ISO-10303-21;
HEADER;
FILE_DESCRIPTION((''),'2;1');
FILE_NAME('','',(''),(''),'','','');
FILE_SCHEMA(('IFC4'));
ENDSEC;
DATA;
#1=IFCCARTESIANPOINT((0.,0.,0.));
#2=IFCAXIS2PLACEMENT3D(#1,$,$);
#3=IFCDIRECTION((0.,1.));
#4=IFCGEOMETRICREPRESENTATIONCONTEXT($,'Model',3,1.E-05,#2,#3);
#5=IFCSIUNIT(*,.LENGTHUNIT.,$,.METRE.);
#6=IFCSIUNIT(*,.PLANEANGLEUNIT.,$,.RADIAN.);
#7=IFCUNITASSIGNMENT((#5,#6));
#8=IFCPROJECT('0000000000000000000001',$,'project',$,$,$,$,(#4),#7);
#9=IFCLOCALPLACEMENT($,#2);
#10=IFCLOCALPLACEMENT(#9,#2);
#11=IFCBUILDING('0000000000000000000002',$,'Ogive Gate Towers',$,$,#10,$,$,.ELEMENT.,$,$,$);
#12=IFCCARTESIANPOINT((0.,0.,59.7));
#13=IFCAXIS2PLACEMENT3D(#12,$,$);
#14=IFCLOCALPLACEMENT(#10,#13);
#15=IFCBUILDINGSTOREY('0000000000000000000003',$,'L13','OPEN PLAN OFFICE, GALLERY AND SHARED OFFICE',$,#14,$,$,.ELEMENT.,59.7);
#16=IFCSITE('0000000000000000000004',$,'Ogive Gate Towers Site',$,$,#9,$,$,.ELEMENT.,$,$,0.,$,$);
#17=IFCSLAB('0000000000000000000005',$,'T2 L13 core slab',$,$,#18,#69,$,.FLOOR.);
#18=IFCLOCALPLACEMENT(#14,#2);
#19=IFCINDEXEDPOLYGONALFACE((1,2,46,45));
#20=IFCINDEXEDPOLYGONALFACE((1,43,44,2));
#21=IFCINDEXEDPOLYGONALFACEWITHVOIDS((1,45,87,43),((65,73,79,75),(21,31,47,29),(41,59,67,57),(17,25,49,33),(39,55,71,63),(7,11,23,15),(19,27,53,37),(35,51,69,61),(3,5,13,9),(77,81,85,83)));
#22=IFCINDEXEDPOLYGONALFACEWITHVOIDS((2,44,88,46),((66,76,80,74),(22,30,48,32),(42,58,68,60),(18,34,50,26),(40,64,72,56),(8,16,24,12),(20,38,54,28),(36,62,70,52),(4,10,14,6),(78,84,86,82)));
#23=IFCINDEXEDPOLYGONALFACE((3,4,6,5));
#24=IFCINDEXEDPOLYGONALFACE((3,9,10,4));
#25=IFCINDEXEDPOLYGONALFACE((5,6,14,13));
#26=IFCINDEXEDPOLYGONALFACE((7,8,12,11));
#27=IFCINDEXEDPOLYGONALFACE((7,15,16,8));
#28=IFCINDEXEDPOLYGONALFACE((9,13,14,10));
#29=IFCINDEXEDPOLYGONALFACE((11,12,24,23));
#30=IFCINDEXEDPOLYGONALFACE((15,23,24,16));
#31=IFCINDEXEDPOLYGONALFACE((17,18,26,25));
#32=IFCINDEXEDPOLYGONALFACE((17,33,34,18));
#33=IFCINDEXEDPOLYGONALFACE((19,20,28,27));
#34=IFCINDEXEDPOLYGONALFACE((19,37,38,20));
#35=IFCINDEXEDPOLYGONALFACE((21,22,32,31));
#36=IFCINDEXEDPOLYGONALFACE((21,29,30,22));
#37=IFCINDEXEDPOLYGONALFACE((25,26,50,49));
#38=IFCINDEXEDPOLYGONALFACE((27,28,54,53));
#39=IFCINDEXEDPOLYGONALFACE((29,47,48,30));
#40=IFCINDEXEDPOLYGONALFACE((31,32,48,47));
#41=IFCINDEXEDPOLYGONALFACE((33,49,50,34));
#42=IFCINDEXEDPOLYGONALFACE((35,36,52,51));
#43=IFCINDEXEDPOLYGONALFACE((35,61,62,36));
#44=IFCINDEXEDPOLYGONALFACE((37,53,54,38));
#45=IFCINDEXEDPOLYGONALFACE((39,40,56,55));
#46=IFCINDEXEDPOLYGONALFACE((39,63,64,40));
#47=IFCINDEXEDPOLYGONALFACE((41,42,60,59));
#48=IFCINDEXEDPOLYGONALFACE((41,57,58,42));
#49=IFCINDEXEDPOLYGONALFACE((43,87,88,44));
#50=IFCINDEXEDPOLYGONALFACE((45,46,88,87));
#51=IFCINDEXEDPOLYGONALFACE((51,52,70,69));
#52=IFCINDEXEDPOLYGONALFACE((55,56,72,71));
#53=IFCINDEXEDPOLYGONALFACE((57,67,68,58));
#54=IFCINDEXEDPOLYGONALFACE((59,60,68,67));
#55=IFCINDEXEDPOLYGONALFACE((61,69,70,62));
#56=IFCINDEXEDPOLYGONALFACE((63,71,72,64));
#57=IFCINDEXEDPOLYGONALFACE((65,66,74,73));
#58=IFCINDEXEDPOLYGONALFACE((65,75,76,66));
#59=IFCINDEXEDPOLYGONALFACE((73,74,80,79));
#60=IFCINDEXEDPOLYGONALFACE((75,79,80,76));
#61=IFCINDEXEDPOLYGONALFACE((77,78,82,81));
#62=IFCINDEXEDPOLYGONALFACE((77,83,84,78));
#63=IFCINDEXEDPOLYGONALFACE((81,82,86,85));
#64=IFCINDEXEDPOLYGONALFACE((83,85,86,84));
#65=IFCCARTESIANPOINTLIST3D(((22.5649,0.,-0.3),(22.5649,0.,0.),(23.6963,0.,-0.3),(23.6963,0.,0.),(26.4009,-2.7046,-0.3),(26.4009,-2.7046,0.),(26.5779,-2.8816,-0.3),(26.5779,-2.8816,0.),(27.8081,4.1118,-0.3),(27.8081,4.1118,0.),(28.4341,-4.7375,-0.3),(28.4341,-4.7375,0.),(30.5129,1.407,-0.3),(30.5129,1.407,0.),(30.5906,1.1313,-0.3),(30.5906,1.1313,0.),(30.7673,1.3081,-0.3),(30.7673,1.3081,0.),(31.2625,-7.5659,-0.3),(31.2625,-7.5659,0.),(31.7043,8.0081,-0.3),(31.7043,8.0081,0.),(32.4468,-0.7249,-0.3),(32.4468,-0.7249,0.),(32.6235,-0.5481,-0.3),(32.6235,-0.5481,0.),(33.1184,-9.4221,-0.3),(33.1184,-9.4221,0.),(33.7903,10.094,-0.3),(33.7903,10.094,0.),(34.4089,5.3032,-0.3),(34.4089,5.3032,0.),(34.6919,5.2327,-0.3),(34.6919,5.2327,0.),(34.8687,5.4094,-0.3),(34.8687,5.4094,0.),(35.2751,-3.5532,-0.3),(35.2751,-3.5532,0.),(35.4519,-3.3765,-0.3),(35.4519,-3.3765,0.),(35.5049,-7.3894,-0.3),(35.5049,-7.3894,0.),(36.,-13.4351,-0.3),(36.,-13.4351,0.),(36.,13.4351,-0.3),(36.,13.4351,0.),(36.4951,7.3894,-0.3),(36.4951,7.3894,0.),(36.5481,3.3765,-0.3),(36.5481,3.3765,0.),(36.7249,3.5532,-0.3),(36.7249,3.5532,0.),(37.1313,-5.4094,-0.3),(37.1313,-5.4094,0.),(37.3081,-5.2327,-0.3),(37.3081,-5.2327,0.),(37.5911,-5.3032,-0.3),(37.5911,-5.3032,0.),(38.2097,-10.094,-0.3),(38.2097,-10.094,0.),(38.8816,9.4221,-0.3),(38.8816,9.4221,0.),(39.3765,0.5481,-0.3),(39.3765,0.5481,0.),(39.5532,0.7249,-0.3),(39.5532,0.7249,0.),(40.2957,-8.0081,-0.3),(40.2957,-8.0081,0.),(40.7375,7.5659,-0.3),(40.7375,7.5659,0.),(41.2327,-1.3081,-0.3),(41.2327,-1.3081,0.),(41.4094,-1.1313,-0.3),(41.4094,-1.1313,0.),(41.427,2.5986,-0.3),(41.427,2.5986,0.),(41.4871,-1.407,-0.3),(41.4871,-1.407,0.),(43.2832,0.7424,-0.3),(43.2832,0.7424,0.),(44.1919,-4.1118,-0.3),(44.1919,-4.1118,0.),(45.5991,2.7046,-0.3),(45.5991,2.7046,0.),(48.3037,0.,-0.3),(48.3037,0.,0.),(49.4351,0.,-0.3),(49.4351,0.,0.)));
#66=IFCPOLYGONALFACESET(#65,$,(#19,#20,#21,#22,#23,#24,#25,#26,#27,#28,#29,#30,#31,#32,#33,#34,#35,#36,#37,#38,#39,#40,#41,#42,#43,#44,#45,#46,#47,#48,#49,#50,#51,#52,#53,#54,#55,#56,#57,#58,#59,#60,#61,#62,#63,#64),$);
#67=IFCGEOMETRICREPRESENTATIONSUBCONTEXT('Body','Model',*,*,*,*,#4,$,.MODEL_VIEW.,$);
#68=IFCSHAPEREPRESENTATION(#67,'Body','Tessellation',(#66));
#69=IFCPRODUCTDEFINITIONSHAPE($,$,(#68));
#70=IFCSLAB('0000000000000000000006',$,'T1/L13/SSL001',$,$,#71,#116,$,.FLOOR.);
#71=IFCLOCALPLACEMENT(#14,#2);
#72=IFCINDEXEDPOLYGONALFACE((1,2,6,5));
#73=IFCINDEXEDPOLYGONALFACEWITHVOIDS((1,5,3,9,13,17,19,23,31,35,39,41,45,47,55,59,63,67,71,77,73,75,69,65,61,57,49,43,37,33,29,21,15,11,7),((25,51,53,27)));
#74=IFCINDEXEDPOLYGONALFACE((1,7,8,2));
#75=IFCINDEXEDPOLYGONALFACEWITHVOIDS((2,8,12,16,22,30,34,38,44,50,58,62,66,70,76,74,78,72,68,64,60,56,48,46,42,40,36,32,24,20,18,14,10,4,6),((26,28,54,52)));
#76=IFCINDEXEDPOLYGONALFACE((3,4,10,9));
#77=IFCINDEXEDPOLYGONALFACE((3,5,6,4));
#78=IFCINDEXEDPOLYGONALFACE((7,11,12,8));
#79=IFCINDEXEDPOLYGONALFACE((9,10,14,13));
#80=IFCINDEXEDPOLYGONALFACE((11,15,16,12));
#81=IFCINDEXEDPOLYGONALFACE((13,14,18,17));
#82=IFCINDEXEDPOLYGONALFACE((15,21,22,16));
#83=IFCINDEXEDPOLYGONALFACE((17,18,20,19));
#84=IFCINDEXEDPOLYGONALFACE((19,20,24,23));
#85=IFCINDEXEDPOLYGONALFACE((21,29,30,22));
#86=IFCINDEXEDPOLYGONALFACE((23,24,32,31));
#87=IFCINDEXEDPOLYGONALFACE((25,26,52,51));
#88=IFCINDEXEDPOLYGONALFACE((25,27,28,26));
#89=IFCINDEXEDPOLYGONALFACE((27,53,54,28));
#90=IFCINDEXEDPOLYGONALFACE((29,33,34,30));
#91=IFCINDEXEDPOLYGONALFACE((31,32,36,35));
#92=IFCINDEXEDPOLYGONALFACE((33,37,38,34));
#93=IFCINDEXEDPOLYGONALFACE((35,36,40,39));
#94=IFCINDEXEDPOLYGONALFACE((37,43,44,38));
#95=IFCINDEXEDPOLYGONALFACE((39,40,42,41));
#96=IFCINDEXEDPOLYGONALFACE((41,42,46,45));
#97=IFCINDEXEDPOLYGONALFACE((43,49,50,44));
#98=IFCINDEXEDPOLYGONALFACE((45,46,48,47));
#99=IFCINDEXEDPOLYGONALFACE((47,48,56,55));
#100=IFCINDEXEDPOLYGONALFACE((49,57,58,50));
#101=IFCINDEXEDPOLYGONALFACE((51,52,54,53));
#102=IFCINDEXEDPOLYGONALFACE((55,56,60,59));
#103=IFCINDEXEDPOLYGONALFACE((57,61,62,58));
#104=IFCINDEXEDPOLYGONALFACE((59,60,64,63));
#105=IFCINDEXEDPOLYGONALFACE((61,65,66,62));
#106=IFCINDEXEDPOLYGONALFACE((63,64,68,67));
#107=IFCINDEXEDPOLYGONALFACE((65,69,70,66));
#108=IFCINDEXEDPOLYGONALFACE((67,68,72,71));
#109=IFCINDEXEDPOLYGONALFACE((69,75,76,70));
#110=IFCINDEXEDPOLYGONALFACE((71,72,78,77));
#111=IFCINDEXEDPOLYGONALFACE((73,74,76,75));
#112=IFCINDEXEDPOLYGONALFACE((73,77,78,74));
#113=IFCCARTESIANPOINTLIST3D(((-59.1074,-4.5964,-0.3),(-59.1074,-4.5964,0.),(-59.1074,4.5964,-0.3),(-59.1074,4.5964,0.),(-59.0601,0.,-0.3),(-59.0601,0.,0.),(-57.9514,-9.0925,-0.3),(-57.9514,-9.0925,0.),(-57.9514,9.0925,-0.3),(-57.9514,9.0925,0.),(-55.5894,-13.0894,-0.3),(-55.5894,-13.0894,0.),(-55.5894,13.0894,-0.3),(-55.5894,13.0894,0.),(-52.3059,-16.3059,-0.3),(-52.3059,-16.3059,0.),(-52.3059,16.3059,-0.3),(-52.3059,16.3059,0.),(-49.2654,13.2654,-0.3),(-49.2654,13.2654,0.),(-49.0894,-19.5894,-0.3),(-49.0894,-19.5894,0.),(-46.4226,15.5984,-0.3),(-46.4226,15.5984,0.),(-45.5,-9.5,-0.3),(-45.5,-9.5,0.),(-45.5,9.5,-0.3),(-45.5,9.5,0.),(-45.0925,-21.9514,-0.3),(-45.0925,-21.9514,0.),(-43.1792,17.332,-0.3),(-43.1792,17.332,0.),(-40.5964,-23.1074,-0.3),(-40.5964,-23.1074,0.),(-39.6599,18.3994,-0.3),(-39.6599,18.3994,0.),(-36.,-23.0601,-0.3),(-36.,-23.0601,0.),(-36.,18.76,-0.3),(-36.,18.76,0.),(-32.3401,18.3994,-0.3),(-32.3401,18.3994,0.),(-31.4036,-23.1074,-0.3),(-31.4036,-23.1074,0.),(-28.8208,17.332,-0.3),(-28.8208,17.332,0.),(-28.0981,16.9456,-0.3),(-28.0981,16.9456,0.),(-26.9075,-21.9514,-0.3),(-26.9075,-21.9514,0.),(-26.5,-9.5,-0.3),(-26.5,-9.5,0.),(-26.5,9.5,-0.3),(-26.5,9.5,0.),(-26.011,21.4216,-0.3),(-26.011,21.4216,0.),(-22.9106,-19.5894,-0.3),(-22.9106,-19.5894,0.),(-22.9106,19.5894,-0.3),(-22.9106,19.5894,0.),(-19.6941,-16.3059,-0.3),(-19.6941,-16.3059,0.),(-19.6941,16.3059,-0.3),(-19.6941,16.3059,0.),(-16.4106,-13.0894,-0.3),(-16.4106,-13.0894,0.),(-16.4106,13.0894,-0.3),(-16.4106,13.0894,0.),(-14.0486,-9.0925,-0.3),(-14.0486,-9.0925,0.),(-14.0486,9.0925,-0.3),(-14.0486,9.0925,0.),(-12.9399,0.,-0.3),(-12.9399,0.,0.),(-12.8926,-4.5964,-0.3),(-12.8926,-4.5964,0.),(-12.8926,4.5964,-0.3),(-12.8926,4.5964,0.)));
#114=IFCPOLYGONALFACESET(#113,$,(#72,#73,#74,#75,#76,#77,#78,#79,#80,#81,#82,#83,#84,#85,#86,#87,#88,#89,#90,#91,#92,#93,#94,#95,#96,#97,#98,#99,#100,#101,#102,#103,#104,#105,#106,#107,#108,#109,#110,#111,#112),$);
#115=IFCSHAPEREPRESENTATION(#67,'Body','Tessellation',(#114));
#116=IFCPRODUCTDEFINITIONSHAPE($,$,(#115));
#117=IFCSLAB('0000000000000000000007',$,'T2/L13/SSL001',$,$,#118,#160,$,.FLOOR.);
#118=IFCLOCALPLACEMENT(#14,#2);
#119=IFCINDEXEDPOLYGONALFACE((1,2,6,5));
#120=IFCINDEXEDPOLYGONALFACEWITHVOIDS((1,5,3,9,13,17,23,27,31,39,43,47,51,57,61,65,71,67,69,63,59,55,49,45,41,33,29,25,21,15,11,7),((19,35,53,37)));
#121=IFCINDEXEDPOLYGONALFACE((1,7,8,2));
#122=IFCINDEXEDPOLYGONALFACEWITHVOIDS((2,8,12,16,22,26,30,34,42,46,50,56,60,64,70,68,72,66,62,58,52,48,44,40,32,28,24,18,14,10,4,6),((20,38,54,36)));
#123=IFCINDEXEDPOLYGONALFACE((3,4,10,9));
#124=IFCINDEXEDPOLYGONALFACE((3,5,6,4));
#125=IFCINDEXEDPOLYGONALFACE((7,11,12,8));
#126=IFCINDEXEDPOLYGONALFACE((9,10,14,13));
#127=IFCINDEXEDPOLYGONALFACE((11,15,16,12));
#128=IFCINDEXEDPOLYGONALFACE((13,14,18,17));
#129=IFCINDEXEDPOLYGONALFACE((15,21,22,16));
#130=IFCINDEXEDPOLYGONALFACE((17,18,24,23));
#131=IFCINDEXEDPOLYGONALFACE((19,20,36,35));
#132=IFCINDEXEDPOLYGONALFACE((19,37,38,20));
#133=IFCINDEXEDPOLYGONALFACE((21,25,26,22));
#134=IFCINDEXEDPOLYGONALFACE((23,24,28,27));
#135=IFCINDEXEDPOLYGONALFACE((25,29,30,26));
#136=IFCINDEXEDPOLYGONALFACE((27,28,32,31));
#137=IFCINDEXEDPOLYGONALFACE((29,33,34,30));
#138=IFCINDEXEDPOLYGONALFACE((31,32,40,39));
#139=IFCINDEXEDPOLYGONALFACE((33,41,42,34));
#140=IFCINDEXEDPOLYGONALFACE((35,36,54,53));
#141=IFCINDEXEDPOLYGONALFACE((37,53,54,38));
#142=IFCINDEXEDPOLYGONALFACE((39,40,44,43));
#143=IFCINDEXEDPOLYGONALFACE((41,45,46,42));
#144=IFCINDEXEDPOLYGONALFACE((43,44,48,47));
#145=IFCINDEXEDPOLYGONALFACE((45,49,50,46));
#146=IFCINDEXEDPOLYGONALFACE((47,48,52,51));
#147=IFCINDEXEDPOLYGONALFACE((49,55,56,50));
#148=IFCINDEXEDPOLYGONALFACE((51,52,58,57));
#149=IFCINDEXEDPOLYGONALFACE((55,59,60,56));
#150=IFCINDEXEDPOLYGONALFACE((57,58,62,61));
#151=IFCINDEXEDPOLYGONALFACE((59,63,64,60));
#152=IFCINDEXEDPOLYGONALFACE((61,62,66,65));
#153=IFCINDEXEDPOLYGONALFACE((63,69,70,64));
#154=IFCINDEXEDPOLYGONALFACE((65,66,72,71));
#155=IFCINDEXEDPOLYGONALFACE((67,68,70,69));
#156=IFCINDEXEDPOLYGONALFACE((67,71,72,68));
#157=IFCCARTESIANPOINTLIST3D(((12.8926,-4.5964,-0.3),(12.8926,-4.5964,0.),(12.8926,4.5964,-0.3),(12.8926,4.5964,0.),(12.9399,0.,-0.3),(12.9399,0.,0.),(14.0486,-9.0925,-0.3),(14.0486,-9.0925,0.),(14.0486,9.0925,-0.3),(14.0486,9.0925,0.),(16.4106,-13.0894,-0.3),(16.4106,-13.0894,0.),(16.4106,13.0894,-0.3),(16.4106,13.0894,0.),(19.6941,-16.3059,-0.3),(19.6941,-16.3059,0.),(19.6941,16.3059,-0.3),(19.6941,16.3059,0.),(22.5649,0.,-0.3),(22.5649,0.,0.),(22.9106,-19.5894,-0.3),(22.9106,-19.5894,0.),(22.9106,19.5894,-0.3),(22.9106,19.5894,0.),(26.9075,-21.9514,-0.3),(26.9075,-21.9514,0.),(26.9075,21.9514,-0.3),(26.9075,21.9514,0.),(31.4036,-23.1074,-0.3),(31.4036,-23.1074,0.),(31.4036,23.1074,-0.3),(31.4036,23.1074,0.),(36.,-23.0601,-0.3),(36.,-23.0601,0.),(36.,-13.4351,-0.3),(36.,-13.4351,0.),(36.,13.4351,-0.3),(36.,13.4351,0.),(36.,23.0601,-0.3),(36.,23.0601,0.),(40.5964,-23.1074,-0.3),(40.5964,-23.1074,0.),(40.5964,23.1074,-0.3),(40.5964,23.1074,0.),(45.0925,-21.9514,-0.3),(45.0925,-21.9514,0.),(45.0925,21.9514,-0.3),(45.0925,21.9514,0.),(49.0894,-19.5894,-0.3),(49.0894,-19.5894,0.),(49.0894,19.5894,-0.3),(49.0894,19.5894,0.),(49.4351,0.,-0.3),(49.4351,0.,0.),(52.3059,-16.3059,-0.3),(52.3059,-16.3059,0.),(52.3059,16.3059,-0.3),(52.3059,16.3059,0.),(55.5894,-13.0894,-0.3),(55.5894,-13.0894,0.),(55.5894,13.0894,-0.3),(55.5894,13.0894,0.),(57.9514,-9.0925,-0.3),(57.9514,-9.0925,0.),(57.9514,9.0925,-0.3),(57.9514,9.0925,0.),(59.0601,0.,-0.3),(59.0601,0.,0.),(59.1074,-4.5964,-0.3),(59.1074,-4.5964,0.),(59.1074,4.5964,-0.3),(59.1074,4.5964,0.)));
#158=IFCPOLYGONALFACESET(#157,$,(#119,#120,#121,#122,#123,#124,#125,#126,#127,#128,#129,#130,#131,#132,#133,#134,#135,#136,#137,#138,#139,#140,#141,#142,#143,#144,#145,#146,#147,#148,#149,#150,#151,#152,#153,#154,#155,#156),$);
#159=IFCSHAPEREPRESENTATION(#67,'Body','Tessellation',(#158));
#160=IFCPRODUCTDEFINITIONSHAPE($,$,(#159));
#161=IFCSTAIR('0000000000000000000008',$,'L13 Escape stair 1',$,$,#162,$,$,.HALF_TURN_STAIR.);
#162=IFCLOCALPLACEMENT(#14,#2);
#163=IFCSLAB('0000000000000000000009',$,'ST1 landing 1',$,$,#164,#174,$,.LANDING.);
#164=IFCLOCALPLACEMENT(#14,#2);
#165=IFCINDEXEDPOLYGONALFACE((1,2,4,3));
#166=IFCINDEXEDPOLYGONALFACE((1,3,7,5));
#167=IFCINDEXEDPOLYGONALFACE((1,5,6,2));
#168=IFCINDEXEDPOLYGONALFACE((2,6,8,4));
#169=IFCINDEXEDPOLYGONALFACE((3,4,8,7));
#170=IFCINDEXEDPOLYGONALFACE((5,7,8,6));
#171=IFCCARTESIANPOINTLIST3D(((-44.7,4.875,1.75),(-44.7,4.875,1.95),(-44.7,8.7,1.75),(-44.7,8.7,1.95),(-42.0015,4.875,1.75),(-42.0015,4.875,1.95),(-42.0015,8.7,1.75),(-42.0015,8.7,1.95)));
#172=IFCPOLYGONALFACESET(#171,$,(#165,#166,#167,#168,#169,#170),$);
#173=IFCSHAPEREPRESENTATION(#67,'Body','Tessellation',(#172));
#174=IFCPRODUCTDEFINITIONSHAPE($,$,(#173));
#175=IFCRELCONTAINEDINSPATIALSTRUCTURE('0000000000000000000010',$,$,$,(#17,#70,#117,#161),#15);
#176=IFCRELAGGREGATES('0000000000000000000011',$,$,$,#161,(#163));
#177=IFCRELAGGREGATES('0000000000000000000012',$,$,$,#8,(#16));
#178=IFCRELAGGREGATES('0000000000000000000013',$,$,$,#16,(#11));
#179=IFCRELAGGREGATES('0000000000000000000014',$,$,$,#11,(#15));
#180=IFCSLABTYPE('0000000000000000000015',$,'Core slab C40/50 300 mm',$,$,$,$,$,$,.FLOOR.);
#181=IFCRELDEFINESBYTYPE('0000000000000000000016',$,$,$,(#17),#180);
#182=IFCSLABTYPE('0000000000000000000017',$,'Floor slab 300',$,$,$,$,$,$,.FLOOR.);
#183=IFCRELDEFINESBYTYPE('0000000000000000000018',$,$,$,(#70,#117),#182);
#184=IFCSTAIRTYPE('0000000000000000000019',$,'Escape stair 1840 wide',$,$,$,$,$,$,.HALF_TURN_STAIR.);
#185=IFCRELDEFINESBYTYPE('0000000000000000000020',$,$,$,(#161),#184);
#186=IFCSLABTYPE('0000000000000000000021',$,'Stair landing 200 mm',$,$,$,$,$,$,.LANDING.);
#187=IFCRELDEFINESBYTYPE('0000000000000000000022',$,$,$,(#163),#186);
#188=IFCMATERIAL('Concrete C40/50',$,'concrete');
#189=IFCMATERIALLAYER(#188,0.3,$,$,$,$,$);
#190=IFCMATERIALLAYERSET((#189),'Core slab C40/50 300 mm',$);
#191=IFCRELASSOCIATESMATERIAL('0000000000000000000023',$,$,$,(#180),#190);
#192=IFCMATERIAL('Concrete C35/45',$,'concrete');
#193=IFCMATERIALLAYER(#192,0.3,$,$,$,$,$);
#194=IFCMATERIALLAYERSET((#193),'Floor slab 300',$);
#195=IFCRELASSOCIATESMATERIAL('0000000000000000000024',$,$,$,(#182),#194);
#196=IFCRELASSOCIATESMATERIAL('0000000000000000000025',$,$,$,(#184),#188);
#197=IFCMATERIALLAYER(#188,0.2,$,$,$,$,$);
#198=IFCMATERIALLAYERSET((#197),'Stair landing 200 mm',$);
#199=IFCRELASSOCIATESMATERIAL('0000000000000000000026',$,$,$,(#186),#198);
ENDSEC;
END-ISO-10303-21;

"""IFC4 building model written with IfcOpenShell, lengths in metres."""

from ifc_helpers import new_model, si_unit, direction, frame, origin, place, context, subcontext, project, spatial, polyline, outline, extrude, material, layer, layer_set, type_object, element, aggregate, save


model = new_model("IFC4")

# Units and contexts
model_context = context("Model", 3, precision=1e-05, world=origin(), true_north=direction((0.0, 1.0)))
body_context = subcontext(model_context, "Body", "Model", "MODEL_VIEW")
ifc_project = project(units=[si_unit("LENGTHUNIT", "METRE"), si_unit("PLANEANGLEUNIT", "RADIAN")], contexts=[model_context])

# Site, building, storey
site_placement = place(None, origin())
site = spatial("IfcSite", under=ifc_project, at=site_placement, Name="Ogive Gate Towers Site", CompositionType="ELEMENT", RefElevation=0.0)
building_placement = place(site_placement, origin())
building = spatial("IfcBuilding", under=site, at=building_placement, Name="Ogive Gate Towers", CompositionType="ELEMENT")
storey_placement = place(building_placement, frame((0.0, 0.0, 59.7)))
storey = spatial("IfcBuildingStorey", under=building, at=storey_placement, Name="L13", Description="OPEN PLAN OFFICE, GALLERY AND SHARED OFFICE", CompositionType="ELEMENT", Elevation=59.7)

# Slabs
ifc_material_1 = material(Name="Concrete C40/50", Category="concrete")
ifc_layer_1 = layer(ifc_material_1, 0.3)
ifc_layer_set_1 = layer_set([ifc_layer_1], Name="Core slab C40/50 300 mm")
slab_type_1 = type_object("IfcSlabType", Name="Core slab C40/50 300 mm", PredefinedType="FLOOR", material=ifc_layer_set_1)
slab_1_placement = place(storey_placement, frame((0.0, 0.0, -0.3)))
element("IfcSlab", 1, at=slab_1_placement, inside=storey, type_object=slab_type_1, Name="T2 L13 core slab", PredefinedType="FLOOR", context=body_context, shape_type="SweptSolid", body=[
    extrude(outline(polyline([(36.0, 13.4351), (49.4351, 0.0), (36.0, -13.4351), (22.5649, 0.0), (36.0, 13.4351)]), holes=[polyline([(30.5906, 1.1313), (26.5779, -2.8816), (28.4341, -4.7375), (32.4468, -0.7249), (30.5906, 1.1313)]), polyline([(36.5481, 3.3765), (34.6919, 5.2327), (30.7673, 1.3081), (32.6235, -0.5481), (36.5481, 3.3765)]), polyline([(36.7249, 3.5532), (40.7375, 7.5659), (38.8816, 9.4221), (34.8687, 5.4094), (36.7249, 3.5532)]), polyline([(31.2625, -7.5659), (33.1184, -9.4221), (37.1313, -5.4094), (35.2751, -3.5532), (31.2625, -7.5659)]), polyline([(39.3765, 0.5481), (35.4519, -3.3765), (37.3081, -5.2327), (41.2327, -1.3081), (39.3765, 0.5481)]), polyline([(43.2832, 0.7424), (41.427, 2.5986), (39.5532, 0.7249), (41.4094, -1.1313), (43.2832, 0.7424)]), polyline([(34.4089, 5.3032), (36.4951, 7.3894), (33.7903, 10.094), (31.7043, 8.0081), (34.4089, 5.3032)]), polyline([(35.5049, -7.3894), (38.2097, -10.094), (40.2957, -8.0081), (37.5911, -5.3032), (35.5049, -7.3894)]), polyline([(26.4009, -2.7046), (30.5129, 1.407), (27.8081, 4.1118), (23.6963, 0.0), (26.4009, -2.7046)]), polyline([(48.3037, 0.0), (45.5991, 2.7046), (41.4871, -1.407), (44.1919, -4.1118), (48.3037, 0.0)])]), origin(), (0.0, 0.0, 1.0), 0.3),
])
ifc_material_2 = material(Name="Concrete C35/45", Category="concrete")
ifc_layer_2 = layer(ifc_material_2, 0.3)
ifc_layer_set_2 = layer_set([ifc_layer_2], Name="Floor slab 300")
slab_type_2 = type_object("IfcSlabType", Name="Floor slab 300", PredefinedType="FLOOR", material=ifc_layer_set_2)
slab_2_placement = place(storey_placement, frame((0.0, 0.0, -0.3)))
element("IfcSlab", 2, at=slab_2_placement, inside=storey, type_object=slab_type_2, Name="T1/L13/SSL001", PredefinedType="FLOOR", context=body_context, shape_type="SweptSolid", body=[
    extrude(outline(polyline([(-19.6941, 16.3059), (-22.9106, 19.5894), (-26.9075, 21.9514), (-26.011, 21.4216), (-28.0981, 16.9456), (-28.8208, 17.332), (-32.3401, 18.3994), (-36.0, 18.76), (-39.6599, 18.3994), (-43.1792, 17.332), (-46.4226, 15.5984), (-49.2654, 13.2654), (-52.3059, 16.3059), (-55.5894, 13.0894), (-57.9514, 9.0925), (-59.1074, 4.5964), (-59.0601, 0.0), (-59.1074, -4.5964), (-57.9514, -9.0925), (-55.5894, -13.0894), (-52.3059, -16.3059), (-49.0894, -19.5894), (-45.0925, -21.9514), (-40.5964, -23.1074), (-36.0, -23.0601), (-31.4036, -23.1074), (-26.9075, -21.9514), (-22.9106, -19.5894), (-19.6941, -16.3059), (-16.4106, -13.0894), (-14.0486, -9.0925), (-12.8926, -4.5964), (-12.9399, 0.0), (-12.8926, 4.5964), (-14.0486, 9.0925), (-16.4106, 13.0894), (-19.6941, 16.3059)]), holes=[polyline([(-26.5, -9.5), (-45.5, -9.5), (-45.5, 9.5), (-26.5, 9.5), (-26.5, -9.5)])]), origin(), (0.0, 0.0, 1.0), 0.3),
])
slab_3_placement = place(storey_placement, frame((0.0, 0.0, -0.3)))
element("IfcSlab", 3, at=slab_3_placement, inside=storey, type_object=slab_type_2, Name="T2/L13/SSL001", PredefinedType="FLOOR", context=body_context, shape_type="SweptSolid", body=[
    extrude(outline(polyline([(59.1074, -4.5964), (59.0601, 0.0), (59.1074, 4.5964), (57.9514, 9.0925), (55.5894, 13.0894), (52.3059, 16.3059), (49.0894, 19.5894), (45.0925, 21.9514), (40.5964, 23.1074), (36.0, 23.0601), (31.4036, 23.1074), (26.9075, 21.9514), (22.9106, 19.5894), (19.6941, 16.3059), (16.4106, 13.0894), (14.0486, 9.0925), (12.8926, 4.5964), (12.9399, 0.0), (12.8926, -4.5964), (14.0486, -9.0925), (16.4106, -13.0894), (19.6941, -16.3059), (22.9106, -19.5894), (26.9075, -21.9514), (31.4036, -23.1074), (36.0, -23.0601), (40.5964, -23.1074), (45.0925, -21.9514), (49.0894, -19.5894), (52.3059, -16.3059), (55.5894, -13.0894), (57.9514, -9.0925), (59.1074, -4.5964)]), holes=[polyline([(49.4351, 0.0), (36.0, -13.4351), (22.5649, 0.0), (36.0, 13.4351), (49.4351, 0.0)])]), origin(), (0.0, 0.0, 1.0), 0.3),
])

# Stair, slab
stair_type = type_object("IfcStairType", Name="Escape stair 1840 wide", PredefinedType="HALF_TURN_STAIR", material=ifc_material_1)
stair_1_placement = place(storey_placement, origin())
stair_1 = element("IfcStair", 4, at=stair_1_placement, inside=storey, type_object=stair_type, Name="L13 Escape stair 1", PredefinedType="HALF_TURN_STAIR")
ifc_layer_3 = layer(ifc_material_1, 0.2)
ifc_layer_set_3 = layer_set([ifc_layer_3], Name="Stair landing 200 mm")
slab_type_3 = type_object("IfcSlabType", Name="Stair landing 200 mm", PredefinedType="LANDING", material=ifc_layer_set_3)
slab_4_placement = place(storey_placement, frame((0.0, 0.0, 1.75)))
slab_4 = element("IfcSlab", 5, at=slab_4_placement, type_object=slab_type_3, Name="ST1 landing 1", PredefinedType="LANDING", context=body_context, shape_type="SweptSolid", body=[
    extrude(outline(polyline([(-42.0015, 8.7), (-44.7, 8.7), (-44.7, 4.875), (-42.0015, 4.875), (-42.0015, 8.7)])), origin(), (0.0, 0.0, 1.0), 0.2),
])
aggregate(stair_1, [slab_4])

save(model, "model.ifc")
